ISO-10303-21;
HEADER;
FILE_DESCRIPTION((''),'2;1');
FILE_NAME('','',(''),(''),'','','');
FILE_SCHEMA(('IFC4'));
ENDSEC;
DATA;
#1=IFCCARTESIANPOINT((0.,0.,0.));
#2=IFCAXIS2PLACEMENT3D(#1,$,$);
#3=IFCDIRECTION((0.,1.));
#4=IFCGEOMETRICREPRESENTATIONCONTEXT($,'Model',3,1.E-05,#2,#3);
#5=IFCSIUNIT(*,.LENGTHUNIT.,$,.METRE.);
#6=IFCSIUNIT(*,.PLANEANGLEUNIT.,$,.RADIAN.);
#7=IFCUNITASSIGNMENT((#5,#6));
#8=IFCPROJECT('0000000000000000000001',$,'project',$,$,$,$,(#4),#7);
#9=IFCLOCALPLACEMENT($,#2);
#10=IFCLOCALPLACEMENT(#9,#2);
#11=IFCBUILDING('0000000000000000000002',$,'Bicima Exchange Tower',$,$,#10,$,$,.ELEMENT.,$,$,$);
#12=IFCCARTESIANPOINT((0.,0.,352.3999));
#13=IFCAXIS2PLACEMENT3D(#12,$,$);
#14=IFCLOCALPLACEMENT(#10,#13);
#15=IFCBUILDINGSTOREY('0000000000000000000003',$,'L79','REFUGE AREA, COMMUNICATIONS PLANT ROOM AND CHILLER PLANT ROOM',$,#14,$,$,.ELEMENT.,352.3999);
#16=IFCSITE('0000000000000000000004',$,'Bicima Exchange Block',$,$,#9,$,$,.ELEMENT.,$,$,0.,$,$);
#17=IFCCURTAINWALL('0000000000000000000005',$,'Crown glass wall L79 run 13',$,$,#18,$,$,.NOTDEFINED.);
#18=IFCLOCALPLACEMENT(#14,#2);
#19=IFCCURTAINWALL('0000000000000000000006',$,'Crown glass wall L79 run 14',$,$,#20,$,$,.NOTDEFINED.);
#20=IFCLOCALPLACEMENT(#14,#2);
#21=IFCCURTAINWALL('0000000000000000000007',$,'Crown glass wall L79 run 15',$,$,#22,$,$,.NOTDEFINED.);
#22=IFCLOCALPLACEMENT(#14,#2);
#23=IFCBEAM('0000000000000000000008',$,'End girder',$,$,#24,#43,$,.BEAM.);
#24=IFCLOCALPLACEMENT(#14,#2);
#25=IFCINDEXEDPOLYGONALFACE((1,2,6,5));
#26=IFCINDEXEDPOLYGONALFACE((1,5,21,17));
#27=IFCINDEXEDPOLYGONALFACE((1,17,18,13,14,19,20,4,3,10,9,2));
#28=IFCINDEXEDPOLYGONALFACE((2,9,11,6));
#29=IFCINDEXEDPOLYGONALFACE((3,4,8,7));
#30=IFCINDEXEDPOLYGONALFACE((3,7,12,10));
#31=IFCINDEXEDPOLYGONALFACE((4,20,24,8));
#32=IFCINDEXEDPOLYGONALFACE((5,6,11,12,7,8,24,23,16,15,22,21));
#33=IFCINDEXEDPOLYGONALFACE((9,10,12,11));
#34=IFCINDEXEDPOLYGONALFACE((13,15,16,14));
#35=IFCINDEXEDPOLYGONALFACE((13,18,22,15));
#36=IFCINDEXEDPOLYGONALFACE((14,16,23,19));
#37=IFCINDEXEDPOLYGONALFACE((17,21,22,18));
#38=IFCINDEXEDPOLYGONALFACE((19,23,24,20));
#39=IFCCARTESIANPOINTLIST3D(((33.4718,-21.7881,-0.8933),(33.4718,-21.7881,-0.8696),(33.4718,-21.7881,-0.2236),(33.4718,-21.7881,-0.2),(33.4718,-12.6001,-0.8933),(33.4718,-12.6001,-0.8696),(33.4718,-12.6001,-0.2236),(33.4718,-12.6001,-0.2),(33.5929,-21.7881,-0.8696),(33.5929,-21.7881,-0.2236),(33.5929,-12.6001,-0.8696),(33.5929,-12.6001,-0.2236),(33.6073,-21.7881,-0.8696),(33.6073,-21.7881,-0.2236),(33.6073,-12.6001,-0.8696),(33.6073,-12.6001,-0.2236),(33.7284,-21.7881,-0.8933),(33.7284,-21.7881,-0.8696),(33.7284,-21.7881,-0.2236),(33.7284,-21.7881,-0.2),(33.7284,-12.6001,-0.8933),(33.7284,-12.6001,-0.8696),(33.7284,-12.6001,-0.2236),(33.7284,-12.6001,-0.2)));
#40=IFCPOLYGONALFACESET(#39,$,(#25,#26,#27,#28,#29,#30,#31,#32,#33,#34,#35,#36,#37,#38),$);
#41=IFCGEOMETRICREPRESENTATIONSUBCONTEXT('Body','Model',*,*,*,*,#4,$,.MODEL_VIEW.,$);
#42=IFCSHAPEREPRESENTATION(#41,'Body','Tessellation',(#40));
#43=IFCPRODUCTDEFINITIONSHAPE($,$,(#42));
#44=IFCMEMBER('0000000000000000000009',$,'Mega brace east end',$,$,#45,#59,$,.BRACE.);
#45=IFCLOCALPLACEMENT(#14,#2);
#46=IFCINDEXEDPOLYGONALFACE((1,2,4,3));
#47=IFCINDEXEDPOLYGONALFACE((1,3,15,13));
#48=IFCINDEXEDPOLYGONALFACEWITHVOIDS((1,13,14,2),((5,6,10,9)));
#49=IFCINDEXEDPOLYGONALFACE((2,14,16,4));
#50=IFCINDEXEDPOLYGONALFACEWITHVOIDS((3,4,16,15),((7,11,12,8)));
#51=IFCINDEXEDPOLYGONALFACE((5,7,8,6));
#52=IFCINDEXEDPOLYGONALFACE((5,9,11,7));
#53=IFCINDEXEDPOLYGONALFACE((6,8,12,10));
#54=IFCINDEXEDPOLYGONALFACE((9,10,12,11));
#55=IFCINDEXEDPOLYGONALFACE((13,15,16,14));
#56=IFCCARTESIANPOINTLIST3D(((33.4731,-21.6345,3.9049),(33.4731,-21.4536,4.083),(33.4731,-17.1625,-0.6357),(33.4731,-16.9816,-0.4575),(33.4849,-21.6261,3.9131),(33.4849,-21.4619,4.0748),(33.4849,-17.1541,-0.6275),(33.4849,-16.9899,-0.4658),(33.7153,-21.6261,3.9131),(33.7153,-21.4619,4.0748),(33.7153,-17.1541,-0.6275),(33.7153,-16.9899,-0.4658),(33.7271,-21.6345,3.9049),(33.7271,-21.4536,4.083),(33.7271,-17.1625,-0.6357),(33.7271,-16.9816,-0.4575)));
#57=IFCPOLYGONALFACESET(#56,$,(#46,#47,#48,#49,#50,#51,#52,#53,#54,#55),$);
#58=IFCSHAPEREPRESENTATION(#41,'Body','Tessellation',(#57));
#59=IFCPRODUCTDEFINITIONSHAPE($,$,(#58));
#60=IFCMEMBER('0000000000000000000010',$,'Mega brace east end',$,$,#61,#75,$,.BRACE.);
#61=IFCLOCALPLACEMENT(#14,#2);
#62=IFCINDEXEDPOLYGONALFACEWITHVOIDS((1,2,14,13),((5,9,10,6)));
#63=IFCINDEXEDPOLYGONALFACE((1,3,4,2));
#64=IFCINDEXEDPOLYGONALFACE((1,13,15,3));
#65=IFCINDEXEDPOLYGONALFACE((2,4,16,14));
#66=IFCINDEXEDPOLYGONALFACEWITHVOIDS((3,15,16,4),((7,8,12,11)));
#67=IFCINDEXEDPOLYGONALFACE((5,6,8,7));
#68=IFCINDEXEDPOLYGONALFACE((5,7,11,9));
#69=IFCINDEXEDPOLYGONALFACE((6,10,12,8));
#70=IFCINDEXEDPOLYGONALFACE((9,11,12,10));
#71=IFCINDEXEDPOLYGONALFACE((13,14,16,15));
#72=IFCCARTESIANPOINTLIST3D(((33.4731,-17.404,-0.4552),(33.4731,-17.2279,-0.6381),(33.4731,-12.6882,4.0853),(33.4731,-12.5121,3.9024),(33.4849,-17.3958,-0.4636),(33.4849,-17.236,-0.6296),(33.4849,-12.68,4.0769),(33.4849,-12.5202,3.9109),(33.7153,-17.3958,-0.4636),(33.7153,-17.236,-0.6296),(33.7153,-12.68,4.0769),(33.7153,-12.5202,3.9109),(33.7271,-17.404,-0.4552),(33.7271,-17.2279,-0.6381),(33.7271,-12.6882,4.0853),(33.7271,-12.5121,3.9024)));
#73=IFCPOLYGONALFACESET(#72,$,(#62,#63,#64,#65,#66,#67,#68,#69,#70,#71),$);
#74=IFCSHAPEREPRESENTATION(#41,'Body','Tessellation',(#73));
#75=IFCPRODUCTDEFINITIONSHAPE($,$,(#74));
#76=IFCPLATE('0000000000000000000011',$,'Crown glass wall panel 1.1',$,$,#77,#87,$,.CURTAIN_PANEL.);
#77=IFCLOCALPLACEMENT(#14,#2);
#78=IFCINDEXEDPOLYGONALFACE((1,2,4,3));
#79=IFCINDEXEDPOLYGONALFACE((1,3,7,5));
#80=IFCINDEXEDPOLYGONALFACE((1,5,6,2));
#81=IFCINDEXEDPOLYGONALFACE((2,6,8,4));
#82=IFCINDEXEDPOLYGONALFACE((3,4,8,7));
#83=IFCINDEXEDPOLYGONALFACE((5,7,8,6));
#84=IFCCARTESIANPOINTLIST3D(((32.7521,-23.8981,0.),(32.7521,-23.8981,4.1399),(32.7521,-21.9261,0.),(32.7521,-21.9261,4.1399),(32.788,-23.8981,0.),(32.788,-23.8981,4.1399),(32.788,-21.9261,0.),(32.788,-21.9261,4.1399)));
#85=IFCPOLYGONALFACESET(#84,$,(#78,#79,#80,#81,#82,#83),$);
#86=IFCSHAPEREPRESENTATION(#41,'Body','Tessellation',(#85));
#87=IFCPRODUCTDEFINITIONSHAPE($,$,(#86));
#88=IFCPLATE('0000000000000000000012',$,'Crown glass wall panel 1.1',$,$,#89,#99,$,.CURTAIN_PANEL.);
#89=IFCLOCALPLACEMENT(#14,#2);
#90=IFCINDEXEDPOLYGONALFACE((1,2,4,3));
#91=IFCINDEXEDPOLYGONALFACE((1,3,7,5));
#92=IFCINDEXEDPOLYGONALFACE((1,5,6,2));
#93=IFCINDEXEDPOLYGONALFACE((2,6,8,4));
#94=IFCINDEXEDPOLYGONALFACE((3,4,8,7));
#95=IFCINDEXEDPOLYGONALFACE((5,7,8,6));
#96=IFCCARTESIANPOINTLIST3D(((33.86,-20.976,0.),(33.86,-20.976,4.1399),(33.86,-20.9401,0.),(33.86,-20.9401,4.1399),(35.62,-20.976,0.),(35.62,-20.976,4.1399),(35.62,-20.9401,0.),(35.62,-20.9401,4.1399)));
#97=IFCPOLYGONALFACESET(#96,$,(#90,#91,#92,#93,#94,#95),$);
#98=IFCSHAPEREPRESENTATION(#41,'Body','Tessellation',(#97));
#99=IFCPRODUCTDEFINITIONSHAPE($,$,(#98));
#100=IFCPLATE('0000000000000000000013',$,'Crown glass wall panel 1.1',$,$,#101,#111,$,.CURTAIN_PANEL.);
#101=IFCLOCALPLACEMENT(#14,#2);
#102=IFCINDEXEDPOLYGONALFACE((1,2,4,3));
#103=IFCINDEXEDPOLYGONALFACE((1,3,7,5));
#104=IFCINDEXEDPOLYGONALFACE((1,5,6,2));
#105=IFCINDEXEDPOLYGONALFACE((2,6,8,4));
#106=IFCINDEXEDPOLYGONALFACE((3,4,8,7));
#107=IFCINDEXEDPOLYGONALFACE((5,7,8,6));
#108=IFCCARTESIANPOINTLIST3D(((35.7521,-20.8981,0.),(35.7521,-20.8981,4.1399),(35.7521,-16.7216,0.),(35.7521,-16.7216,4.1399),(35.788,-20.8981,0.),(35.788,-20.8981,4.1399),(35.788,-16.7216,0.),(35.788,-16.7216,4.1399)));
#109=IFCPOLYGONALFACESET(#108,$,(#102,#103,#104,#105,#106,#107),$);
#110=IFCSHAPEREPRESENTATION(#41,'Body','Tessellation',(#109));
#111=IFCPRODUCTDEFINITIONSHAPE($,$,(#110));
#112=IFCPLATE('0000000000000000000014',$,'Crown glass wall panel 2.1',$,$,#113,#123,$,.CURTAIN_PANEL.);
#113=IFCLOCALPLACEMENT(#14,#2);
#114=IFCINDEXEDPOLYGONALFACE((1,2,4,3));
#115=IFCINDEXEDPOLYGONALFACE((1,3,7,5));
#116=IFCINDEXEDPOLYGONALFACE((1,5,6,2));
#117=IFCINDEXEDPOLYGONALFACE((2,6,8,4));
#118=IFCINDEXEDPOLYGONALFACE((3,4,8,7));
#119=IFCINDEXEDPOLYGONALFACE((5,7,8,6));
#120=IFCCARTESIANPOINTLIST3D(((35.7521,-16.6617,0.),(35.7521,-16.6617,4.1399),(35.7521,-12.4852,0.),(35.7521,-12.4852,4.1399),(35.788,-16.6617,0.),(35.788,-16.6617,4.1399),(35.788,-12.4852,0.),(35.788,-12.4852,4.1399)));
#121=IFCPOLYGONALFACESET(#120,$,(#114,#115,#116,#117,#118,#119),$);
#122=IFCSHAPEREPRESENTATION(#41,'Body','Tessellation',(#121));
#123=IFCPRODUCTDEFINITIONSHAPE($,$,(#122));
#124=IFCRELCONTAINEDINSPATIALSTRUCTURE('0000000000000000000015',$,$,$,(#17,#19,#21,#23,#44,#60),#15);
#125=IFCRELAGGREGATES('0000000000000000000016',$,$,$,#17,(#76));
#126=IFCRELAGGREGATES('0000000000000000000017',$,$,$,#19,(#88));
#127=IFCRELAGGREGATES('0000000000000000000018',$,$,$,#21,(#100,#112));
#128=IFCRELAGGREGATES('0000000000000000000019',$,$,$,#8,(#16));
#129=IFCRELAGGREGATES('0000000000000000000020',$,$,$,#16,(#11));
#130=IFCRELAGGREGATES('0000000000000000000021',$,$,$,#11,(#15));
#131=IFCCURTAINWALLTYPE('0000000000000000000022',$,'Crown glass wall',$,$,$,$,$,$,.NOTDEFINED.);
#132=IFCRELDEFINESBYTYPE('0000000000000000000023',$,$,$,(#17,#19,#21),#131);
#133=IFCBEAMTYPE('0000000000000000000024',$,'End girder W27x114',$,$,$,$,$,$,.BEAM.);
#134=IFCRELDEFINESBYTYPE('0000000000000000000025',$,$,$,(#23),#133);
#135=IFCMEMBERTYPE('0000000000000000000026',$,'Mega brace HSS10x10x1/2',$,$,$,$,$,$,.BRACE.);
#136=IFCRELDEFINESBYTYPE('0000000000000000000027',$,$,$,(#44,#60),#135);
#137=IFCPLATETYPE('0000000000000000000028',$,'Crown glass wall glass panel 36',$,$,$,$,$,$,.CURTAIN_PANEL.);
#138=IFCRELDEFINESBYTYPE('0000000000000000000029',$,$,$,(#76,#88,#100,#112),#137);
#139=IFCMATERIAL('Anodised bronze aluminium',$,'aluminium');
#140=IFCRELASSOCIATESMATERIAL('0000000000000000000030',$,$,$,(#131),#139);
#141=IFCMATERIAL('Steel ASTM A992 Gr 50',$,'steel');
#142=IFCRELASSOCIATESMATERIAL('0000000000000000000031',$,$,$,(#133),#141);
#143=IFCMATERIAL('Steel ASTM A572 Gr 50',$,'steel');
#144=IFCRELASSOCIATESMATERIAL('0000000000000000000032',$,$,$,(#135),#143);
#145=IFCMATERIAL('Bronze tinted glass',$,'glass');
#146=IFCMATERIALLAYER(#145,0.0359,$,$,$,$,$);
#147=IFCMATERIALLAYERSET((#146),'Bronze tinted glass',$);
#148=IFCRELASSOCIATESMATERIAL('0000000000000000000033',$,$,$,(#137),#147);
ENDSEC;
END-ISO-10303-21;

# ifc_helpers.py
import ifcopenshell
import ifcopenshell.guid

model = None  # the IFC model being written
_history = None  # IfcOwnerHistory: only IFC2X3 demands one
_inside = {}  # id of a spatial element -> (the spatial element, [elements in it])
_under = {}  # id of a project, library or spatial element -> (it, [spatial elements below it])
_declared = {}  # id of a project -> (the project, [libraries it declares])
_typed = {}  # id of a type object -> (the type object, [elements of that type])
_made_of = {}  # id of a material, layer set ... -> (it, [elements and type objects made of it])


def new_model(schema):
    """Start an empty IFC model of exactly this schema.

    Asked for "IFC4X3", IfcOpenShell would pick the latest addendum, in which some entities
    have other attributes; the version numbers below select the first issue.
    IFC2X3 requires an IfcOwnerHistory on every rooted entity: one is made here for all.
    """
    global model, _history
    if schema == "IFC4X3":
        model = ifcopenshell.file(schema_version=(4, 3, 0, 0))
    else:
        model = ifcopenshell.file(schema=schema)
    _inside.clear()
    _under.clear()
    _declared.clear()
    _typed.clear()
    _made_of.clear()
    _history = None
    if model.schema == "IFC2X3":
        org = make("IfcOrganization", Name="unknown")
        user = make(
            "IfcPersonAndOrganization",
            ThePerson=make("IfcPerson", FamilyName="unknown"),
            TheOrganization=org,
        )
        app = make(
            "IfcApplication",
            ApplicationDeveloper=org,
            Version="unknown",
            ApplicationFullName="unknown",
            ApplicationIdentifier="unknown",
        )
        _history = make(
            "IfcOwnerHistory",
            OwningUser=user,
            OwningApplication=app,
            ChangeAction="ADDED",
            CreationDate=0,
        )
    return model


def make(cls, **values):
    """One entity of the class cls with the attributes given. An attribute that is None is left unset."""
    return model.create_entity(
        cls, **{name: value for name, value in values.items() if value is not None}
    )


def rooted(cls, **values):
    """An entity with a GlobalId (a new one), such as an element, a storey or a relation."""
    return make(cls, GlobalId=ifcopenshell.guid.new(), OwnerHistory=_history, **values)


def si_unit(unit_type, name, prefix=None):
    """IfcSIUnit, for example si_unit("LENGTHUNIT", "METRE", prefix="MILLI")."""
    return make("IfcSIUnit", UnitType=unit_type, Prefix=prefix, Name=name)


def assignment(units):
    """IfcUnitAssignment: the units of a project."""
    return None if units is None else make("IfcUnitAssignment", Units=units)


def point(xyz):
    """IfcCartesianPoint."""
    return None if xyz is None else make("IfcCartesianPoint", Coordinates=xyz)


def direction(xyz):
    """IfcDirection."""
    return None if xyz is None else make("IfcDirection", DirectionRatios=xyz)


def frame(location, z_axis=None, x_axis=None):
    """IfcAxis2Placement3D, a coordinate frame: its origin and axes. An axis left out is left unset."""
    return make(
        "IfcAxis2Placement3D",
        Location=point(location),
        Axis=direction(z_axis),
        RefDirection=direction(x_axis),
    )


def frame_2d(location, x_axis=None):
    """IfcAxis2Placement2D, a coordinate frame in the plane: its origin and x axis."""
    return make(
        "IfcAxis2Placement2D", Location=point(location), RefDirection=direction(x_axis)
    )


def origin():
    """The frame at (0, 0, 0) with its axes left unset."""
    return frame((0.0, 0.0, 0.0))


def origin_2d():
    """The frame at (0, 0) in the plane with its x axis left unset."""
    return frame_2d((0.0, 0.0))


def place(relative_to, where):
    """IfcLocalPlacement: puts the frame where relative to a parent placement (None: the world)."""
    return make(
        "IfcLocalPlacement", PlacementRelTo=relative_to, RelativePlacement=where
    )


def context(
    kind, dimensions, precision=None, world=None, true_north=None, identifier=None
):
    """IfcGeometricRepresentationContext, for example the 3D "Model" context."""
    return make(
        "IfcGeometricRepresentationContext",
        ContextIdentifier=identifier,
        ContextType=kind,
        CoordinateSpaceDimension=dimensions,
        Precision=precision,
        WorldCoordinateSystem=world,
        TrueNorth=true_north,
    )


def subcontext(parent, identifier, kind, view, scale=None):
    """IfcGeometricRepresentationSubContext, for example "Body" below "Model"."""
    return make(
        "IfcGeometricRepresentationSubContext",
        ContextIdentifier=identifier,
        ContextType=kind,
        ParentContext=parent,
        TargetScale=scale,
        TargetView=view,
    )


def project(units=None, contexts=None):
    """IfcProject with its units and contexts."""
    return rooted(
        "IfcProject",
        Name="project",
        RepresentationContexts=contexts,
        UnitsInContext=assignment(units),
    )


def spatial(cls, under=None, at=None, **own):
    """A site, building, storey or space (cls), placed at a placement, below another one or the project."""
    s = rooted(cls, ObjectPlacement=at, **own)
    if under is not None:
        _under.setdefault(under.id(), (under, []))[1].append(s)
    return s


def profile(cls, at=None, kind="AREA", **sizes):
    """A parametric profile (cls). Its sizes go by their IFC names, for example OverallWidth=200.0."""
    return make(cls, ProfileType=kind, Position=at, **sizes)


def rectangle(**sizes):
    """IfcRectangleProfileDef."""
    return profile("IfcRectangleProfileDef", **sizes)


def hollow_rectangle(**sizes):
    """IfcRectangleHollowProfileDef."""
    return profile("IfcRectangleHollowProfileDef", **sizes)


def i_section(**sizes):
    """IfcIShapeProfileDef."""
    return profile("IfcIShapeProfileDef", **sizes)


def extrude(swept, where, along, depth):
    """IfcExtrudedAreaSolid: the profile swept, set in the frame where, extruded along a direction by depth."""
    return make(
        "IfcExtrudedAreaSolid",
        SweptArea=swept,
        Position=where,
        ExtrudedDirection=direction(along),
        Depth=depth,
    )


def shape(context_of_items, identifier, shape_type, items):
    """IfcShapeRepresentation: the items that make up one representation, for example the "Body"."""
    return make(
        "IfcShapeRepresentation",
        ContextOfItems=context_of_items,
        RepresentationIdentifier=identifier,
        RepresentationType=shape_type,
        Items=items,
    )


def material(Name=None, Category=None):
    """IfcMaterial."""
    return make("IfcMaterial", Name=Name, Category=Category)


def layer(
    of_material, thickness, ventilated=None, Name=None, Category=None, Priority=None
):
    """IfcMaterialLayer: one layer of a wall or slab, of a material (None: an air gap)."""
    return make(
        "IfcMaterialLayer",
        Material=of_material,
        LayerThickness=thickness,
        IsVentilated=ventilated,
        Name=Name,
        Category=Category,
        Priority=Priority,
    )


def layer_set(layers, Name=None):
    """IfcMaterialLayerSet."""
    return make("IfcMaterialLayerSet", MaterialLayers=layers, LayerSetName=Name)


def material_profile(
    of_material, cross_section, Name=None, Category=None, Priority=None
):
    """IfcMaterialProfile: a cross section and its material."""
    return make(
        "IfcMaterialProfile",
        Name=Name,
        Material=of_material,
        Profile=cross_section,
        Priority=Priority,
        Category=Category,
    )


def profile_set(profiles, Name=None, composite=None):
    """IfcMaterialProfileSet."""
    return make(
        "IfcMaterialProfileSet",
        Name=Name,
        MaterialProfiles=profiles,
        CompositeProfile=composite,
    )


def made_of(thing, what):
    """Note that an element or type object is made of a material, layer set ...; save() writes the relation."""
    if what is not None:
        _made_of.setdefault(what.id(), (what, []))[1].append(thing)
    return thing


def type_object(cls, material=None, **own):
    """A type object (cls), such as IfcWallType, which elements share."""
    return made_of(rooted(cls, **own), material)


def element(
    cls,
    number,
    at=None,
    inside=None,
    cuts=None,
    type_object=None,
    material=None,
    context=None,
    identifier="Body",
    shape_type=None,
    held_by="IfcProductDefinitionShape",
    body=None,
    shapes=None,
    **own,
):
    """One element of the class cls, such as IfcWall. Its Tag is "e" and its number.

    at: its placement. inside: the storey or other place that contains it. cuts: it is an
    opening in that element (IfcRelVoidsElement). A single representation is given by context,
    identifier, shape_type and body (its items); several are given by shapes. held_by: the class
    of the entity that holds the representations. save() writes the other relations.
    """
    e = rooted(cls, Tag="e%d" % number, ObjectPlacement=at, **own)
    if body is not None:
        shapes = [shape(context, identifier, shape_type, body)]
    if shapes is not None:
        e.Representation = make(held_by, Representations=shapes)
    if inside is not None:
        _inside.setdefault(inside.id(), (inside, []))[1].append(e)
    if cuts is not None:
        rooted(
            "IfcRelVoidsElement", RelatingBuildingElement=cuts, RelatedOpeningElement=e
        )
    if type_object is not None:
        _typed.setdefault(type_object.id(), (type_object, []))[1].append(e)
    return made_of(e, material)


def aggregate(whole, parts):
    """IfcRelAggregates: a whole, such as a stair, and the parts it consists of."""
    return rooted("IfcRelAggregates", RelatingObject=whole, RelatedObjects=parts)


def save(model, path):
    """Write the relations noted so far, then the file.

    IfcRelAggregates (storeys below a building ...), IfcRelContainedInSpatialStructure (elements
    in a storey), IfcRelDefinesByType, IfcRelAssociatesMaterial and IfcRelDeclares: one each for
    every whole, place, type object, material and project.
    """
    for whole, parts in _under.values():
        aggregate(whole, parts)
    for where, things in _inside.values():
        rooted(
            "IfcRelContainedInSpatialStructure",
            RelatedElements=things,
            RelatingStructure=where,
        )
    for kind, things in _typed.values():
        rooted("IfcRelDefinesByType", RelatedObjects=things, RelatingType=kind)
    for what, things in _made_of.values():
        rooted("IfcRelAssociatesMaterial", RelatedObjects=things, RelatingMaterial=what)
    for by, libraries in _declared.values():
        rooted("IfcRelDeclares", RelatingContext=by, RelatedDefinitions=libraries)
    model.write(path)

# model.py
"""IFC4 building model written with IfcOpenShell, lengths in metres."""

from ifc_helpers import new_model, si_unit, direction, frame, origin, origin_2d, place, context, subcontext, project, spatial, rectangle, hollow_rectangle, i_section, extrude, material, layer, layer_set, material_profile, profile_set, type_object, element, aggregate, save


model = new_model("IFC4")

# Units and contexts
model_context = context("Model", 3, precision=1e-05, world=origin(), true_north=direction((0.0, 1.0)))
body_context = subcontext(model_context, "Body", "Model", "MODEL_VIEW")
ifc_project = project(units=[si_unit("LENGTHUNIT", "METRE"), si_unit("PLANEANGLEUNIT", "RADIAN")], contexts=[model_context])

# Site, building, storey
site_placement = place(None, origin())
site = spatial("IfcSite", under=ifc_project, at=site_placement, Name="Bicima Exchange Block", CompositionType="ELEMENT", RefElevation=0.0)
building_placement = place(site_placement, origin())
building = spatial("IfcBuilding", under=site, at=building_placement, Name="Bicima Exchange Tower", CompositionType="ELEMENT")
storey_placement = place(building_placement, frame((0.0, 0.0, 352.3999)))
storey = spatial("IfcBuildingStorey", under=building, at=storey_placement, Name="L79", Description="REFUGE AREA, COMMUNICATIONS PLANT ROOM AND CHILLER PLANT ROOM", CompositionType="ELEMENT", Elevation=352.3999)

# Shared definitions
ifc_material_1 = material(Name="Steel ASTM A572 Gr 50", Category="steel")
ifc_material_2 = material(Name="Steel ASTM A992 Gr 50", Category="steel")

# Curtain walls
ifc_material_3 = material(Name="Anodised bronze aluminium", Category="aluminium")
curtain_wall_type = type_object("IfcCurtainWallType", Name="Crown glass wall", PredefinedType="NOTDEFINED", material=ifc_material_3)
curtain_wall_1_placement = place(storey_placement, origin())
curtain_wall_1 = element("IfcCurtainWall", 1, at=curtain_wall_1_placement, inside=storey, type_object=curtain_wall_type, Name="Crown glass wall L79 run 13", PredefinedType="NOTDEFINED")
curtain_wall_2_placement = place(storey_placement, origin())
curtain_wall_2 = element("IfcCurtainWall", 2, at=curtain_wall_2_placement, inside=storey, type_object=curtain_wall_type, Name="Crown glass wall L79 run 14", PredefinedType="NOTDEFINED")
curtain_wall_3_placement = place(storey_placement, origin())
curtain_wall_3 = element("IfcCurtainWall", 3, at=curtain_wall_3_placement, inside=storey, type_object=curtain_wall_type, Name="Crown glass wall L79 run 15", PredefinedType="NOTDEFINED")

# Beam
ifc_material_profile_1 = material_profile(ifc_material_2, i_section(OverallWidth=0.2566, OverallDepth=0.6934, WebThickness=0.0144, FlangeThickness=0.0237, at=origin_2d()))
ifc_profile_set_1 = profile_set([ifc_material_profile_1], Name="Steel ASTM A992 Gr 50")
beam_type = type_object("IfcBeamType", Name="End girder W27x114", PredefinedType="BEAM", material=ifc_profile_set_1)
beam_placement = place(storey_placement, frame((33.6001, -12.6001, -0.5466), z_axis=(0.0, -1.0, 0.0), x_axis=(1.0, 0.0, 0.0)))
element("IfcBeam", 4, at=beam_placement, inside=storey, type_object=beam_type, Name="End girder", PredefinedType="BEAM", context=body_context, shape_type="SweptSolid", body=[
    extrude(i_section(OverallWidth=0.2566, OverallDepth=0.6934, WebThickness=0.0144, FlangeThickness=0.0237, at=origin_2d()), origin(), (0.0, 0.0, 1.0), 9.188),
])

# Members
ifc_material_profile_2 = material_profile(ifc_material_1, hollow_rectangle(XDim=0.2539, YDim=0.2539, WallThickness=0.0117, at=origin_2d()))
ifc_profile_set_2 = profile_set([ifc_material_profile_2], Name="Steel ASTM A572 Gr 50")
member_type_1 = type_object("IfcMemberType", Name="Mega brace HSS10x10x1/2", PredefinedType="BRACE", material=ifc_profile_set_2)
member_1_placement = place(storey_placement, frame((33.6001, -17.072, -0.5466), z_axis=(0.0, -0.701704, 0.712469), x_axis=(1.0, 0.0, 0.0)))
element("IfcMember", 5, at=member_1_placement, inside=storey, type_object=member_type_1, Name="Mega brace east end", PredefinedType="BRACE", context=body_context, shape_type="SweptSolid", body=[
    extrude(hollow_rectangle(XDim=0.2539, YDim=0.2539, WallThickness=0.0117, at=origin_2d()), origin(), (0.0, 0.0, 1.0), 6.373),
])
member_2_placement = place(storey_placement, frame((33.6001, -17.3159, -0.5466), z_axis=(0.0, 0.720369, 0.693592), x_axis=(-1.0, 0.0, 0.0)))
element("IfcMember", 6, at=member_2_placement, inside=storey, type_object=member_type_1, Name="Mega brace east end", PredefinedType="BRACE", context=body_context, shape_type="SweptSolid", body=[
    extrude(hollow_rectangle(XDim=0.2539, YDim=0.2539, WallThickness=0.0117, at=origin_2d()), origin(), (0.0, 0.0, 1.0), 6.5464),
])

# Plates
ifc_material_4 = material(Name="Bronze tinted glass", Category="glass")
ifc_layer = layer(ifc_material_4, 0.0359)
ifc_layer_set = layer_set([ifc_layer], Name="Bronze tinted glass")
plate_type = type_object("IfcPlateType", Name="Crown glass wall glass panel 36", PredefinedType="CURTAIN_PANEL", material=ifc_layer_set)
plate_1_placement = place(storey_placement, frame((32.77, -22.9121, 0.0), z_axis=(0.0, 0.0, 1.0), x_axis=(0.0, 1.0, 0.0)))
plate_1 = element("IfcPlate", 7, at=plate_1_placement, type_object=plate_type, Name="Crown glass wall panel 1.1", PredefinedType="CURTAIN_PANEL", context=body_context, shape_type="SweptSolid", body=[
    extrude(rectangle(XDim=1.9719, YDim=0.0359, at=origin_2d()), origin(), (0.0, 0.0, 1.0), 4.1399),
])
aggregate(curtain_wall_1, [plate_1])
plate_2_placement = place(storey_placement, frame((34.74, -20.958, 0.0), z_axis=(0.0, 0.0, 1.0), x_axis=(1.0, 0.0, 0.0)))
plate_2 = element("IfcPlate", 8, at=plate_2_placement, type_object=plate_type, Name="Crown glass wall panel 1.1", PredefinedType="CURTAIN_PANEL", context=body_context, shape_type="SweptSolid", body=[
    extrude(rectangle(XDim=1.76, YDim=0.0359, at=origin_2d()), origin(), (0.0, 0.0, 1.0), 4.1399),
])
aggregate(curtain_wall_2, [plate_2])
plate_3_placement = place(storey_placement, frame((35.77, -18.8098, 0.0), z_axis=(0.0, 0.0, 1.0), x_axis=(0.0, 1.0, 0.0)))
plate_3 = element("IfcPlate", 9, at=plate_3_placement, type_object=plate_type, Name="Crown glass wall panel 1.1", PredefinedType="CURTAIN_PANEL", context=body_context, shape_type="SweptSolid", body=[
    extrude(rectangle(XDim=4.1765, YDim=0.0359, at=origin_2d()), origin(), (0.0, 0.0, 1.0), 4.1399),
])
plate_4_placement = place(storey_placement, frame((35.77, -14.5735, 0.0), z_axis=(0.0, 0.0, 1.0), x_axis=(0.0, 1.0, 0.0)))
plate_4 = element("IfcPlate", 10, at=plate_4_placement, type_object=plate_type, Name="Crown glass wall panel 2.1", PredefinedType="CURTAIN_PANEL", context=body_context, shape_type="SweptSolid", body=[
    extrude(rectangle(XDim=4.1765, YDim=0.0359, at=origin_2d()), origin(), (0.0, 0.0, 1.0), 4.1399),
])
aggregate(curtain_wall_3, [plate_3, plate_4])

save(model, "model.ifc")
